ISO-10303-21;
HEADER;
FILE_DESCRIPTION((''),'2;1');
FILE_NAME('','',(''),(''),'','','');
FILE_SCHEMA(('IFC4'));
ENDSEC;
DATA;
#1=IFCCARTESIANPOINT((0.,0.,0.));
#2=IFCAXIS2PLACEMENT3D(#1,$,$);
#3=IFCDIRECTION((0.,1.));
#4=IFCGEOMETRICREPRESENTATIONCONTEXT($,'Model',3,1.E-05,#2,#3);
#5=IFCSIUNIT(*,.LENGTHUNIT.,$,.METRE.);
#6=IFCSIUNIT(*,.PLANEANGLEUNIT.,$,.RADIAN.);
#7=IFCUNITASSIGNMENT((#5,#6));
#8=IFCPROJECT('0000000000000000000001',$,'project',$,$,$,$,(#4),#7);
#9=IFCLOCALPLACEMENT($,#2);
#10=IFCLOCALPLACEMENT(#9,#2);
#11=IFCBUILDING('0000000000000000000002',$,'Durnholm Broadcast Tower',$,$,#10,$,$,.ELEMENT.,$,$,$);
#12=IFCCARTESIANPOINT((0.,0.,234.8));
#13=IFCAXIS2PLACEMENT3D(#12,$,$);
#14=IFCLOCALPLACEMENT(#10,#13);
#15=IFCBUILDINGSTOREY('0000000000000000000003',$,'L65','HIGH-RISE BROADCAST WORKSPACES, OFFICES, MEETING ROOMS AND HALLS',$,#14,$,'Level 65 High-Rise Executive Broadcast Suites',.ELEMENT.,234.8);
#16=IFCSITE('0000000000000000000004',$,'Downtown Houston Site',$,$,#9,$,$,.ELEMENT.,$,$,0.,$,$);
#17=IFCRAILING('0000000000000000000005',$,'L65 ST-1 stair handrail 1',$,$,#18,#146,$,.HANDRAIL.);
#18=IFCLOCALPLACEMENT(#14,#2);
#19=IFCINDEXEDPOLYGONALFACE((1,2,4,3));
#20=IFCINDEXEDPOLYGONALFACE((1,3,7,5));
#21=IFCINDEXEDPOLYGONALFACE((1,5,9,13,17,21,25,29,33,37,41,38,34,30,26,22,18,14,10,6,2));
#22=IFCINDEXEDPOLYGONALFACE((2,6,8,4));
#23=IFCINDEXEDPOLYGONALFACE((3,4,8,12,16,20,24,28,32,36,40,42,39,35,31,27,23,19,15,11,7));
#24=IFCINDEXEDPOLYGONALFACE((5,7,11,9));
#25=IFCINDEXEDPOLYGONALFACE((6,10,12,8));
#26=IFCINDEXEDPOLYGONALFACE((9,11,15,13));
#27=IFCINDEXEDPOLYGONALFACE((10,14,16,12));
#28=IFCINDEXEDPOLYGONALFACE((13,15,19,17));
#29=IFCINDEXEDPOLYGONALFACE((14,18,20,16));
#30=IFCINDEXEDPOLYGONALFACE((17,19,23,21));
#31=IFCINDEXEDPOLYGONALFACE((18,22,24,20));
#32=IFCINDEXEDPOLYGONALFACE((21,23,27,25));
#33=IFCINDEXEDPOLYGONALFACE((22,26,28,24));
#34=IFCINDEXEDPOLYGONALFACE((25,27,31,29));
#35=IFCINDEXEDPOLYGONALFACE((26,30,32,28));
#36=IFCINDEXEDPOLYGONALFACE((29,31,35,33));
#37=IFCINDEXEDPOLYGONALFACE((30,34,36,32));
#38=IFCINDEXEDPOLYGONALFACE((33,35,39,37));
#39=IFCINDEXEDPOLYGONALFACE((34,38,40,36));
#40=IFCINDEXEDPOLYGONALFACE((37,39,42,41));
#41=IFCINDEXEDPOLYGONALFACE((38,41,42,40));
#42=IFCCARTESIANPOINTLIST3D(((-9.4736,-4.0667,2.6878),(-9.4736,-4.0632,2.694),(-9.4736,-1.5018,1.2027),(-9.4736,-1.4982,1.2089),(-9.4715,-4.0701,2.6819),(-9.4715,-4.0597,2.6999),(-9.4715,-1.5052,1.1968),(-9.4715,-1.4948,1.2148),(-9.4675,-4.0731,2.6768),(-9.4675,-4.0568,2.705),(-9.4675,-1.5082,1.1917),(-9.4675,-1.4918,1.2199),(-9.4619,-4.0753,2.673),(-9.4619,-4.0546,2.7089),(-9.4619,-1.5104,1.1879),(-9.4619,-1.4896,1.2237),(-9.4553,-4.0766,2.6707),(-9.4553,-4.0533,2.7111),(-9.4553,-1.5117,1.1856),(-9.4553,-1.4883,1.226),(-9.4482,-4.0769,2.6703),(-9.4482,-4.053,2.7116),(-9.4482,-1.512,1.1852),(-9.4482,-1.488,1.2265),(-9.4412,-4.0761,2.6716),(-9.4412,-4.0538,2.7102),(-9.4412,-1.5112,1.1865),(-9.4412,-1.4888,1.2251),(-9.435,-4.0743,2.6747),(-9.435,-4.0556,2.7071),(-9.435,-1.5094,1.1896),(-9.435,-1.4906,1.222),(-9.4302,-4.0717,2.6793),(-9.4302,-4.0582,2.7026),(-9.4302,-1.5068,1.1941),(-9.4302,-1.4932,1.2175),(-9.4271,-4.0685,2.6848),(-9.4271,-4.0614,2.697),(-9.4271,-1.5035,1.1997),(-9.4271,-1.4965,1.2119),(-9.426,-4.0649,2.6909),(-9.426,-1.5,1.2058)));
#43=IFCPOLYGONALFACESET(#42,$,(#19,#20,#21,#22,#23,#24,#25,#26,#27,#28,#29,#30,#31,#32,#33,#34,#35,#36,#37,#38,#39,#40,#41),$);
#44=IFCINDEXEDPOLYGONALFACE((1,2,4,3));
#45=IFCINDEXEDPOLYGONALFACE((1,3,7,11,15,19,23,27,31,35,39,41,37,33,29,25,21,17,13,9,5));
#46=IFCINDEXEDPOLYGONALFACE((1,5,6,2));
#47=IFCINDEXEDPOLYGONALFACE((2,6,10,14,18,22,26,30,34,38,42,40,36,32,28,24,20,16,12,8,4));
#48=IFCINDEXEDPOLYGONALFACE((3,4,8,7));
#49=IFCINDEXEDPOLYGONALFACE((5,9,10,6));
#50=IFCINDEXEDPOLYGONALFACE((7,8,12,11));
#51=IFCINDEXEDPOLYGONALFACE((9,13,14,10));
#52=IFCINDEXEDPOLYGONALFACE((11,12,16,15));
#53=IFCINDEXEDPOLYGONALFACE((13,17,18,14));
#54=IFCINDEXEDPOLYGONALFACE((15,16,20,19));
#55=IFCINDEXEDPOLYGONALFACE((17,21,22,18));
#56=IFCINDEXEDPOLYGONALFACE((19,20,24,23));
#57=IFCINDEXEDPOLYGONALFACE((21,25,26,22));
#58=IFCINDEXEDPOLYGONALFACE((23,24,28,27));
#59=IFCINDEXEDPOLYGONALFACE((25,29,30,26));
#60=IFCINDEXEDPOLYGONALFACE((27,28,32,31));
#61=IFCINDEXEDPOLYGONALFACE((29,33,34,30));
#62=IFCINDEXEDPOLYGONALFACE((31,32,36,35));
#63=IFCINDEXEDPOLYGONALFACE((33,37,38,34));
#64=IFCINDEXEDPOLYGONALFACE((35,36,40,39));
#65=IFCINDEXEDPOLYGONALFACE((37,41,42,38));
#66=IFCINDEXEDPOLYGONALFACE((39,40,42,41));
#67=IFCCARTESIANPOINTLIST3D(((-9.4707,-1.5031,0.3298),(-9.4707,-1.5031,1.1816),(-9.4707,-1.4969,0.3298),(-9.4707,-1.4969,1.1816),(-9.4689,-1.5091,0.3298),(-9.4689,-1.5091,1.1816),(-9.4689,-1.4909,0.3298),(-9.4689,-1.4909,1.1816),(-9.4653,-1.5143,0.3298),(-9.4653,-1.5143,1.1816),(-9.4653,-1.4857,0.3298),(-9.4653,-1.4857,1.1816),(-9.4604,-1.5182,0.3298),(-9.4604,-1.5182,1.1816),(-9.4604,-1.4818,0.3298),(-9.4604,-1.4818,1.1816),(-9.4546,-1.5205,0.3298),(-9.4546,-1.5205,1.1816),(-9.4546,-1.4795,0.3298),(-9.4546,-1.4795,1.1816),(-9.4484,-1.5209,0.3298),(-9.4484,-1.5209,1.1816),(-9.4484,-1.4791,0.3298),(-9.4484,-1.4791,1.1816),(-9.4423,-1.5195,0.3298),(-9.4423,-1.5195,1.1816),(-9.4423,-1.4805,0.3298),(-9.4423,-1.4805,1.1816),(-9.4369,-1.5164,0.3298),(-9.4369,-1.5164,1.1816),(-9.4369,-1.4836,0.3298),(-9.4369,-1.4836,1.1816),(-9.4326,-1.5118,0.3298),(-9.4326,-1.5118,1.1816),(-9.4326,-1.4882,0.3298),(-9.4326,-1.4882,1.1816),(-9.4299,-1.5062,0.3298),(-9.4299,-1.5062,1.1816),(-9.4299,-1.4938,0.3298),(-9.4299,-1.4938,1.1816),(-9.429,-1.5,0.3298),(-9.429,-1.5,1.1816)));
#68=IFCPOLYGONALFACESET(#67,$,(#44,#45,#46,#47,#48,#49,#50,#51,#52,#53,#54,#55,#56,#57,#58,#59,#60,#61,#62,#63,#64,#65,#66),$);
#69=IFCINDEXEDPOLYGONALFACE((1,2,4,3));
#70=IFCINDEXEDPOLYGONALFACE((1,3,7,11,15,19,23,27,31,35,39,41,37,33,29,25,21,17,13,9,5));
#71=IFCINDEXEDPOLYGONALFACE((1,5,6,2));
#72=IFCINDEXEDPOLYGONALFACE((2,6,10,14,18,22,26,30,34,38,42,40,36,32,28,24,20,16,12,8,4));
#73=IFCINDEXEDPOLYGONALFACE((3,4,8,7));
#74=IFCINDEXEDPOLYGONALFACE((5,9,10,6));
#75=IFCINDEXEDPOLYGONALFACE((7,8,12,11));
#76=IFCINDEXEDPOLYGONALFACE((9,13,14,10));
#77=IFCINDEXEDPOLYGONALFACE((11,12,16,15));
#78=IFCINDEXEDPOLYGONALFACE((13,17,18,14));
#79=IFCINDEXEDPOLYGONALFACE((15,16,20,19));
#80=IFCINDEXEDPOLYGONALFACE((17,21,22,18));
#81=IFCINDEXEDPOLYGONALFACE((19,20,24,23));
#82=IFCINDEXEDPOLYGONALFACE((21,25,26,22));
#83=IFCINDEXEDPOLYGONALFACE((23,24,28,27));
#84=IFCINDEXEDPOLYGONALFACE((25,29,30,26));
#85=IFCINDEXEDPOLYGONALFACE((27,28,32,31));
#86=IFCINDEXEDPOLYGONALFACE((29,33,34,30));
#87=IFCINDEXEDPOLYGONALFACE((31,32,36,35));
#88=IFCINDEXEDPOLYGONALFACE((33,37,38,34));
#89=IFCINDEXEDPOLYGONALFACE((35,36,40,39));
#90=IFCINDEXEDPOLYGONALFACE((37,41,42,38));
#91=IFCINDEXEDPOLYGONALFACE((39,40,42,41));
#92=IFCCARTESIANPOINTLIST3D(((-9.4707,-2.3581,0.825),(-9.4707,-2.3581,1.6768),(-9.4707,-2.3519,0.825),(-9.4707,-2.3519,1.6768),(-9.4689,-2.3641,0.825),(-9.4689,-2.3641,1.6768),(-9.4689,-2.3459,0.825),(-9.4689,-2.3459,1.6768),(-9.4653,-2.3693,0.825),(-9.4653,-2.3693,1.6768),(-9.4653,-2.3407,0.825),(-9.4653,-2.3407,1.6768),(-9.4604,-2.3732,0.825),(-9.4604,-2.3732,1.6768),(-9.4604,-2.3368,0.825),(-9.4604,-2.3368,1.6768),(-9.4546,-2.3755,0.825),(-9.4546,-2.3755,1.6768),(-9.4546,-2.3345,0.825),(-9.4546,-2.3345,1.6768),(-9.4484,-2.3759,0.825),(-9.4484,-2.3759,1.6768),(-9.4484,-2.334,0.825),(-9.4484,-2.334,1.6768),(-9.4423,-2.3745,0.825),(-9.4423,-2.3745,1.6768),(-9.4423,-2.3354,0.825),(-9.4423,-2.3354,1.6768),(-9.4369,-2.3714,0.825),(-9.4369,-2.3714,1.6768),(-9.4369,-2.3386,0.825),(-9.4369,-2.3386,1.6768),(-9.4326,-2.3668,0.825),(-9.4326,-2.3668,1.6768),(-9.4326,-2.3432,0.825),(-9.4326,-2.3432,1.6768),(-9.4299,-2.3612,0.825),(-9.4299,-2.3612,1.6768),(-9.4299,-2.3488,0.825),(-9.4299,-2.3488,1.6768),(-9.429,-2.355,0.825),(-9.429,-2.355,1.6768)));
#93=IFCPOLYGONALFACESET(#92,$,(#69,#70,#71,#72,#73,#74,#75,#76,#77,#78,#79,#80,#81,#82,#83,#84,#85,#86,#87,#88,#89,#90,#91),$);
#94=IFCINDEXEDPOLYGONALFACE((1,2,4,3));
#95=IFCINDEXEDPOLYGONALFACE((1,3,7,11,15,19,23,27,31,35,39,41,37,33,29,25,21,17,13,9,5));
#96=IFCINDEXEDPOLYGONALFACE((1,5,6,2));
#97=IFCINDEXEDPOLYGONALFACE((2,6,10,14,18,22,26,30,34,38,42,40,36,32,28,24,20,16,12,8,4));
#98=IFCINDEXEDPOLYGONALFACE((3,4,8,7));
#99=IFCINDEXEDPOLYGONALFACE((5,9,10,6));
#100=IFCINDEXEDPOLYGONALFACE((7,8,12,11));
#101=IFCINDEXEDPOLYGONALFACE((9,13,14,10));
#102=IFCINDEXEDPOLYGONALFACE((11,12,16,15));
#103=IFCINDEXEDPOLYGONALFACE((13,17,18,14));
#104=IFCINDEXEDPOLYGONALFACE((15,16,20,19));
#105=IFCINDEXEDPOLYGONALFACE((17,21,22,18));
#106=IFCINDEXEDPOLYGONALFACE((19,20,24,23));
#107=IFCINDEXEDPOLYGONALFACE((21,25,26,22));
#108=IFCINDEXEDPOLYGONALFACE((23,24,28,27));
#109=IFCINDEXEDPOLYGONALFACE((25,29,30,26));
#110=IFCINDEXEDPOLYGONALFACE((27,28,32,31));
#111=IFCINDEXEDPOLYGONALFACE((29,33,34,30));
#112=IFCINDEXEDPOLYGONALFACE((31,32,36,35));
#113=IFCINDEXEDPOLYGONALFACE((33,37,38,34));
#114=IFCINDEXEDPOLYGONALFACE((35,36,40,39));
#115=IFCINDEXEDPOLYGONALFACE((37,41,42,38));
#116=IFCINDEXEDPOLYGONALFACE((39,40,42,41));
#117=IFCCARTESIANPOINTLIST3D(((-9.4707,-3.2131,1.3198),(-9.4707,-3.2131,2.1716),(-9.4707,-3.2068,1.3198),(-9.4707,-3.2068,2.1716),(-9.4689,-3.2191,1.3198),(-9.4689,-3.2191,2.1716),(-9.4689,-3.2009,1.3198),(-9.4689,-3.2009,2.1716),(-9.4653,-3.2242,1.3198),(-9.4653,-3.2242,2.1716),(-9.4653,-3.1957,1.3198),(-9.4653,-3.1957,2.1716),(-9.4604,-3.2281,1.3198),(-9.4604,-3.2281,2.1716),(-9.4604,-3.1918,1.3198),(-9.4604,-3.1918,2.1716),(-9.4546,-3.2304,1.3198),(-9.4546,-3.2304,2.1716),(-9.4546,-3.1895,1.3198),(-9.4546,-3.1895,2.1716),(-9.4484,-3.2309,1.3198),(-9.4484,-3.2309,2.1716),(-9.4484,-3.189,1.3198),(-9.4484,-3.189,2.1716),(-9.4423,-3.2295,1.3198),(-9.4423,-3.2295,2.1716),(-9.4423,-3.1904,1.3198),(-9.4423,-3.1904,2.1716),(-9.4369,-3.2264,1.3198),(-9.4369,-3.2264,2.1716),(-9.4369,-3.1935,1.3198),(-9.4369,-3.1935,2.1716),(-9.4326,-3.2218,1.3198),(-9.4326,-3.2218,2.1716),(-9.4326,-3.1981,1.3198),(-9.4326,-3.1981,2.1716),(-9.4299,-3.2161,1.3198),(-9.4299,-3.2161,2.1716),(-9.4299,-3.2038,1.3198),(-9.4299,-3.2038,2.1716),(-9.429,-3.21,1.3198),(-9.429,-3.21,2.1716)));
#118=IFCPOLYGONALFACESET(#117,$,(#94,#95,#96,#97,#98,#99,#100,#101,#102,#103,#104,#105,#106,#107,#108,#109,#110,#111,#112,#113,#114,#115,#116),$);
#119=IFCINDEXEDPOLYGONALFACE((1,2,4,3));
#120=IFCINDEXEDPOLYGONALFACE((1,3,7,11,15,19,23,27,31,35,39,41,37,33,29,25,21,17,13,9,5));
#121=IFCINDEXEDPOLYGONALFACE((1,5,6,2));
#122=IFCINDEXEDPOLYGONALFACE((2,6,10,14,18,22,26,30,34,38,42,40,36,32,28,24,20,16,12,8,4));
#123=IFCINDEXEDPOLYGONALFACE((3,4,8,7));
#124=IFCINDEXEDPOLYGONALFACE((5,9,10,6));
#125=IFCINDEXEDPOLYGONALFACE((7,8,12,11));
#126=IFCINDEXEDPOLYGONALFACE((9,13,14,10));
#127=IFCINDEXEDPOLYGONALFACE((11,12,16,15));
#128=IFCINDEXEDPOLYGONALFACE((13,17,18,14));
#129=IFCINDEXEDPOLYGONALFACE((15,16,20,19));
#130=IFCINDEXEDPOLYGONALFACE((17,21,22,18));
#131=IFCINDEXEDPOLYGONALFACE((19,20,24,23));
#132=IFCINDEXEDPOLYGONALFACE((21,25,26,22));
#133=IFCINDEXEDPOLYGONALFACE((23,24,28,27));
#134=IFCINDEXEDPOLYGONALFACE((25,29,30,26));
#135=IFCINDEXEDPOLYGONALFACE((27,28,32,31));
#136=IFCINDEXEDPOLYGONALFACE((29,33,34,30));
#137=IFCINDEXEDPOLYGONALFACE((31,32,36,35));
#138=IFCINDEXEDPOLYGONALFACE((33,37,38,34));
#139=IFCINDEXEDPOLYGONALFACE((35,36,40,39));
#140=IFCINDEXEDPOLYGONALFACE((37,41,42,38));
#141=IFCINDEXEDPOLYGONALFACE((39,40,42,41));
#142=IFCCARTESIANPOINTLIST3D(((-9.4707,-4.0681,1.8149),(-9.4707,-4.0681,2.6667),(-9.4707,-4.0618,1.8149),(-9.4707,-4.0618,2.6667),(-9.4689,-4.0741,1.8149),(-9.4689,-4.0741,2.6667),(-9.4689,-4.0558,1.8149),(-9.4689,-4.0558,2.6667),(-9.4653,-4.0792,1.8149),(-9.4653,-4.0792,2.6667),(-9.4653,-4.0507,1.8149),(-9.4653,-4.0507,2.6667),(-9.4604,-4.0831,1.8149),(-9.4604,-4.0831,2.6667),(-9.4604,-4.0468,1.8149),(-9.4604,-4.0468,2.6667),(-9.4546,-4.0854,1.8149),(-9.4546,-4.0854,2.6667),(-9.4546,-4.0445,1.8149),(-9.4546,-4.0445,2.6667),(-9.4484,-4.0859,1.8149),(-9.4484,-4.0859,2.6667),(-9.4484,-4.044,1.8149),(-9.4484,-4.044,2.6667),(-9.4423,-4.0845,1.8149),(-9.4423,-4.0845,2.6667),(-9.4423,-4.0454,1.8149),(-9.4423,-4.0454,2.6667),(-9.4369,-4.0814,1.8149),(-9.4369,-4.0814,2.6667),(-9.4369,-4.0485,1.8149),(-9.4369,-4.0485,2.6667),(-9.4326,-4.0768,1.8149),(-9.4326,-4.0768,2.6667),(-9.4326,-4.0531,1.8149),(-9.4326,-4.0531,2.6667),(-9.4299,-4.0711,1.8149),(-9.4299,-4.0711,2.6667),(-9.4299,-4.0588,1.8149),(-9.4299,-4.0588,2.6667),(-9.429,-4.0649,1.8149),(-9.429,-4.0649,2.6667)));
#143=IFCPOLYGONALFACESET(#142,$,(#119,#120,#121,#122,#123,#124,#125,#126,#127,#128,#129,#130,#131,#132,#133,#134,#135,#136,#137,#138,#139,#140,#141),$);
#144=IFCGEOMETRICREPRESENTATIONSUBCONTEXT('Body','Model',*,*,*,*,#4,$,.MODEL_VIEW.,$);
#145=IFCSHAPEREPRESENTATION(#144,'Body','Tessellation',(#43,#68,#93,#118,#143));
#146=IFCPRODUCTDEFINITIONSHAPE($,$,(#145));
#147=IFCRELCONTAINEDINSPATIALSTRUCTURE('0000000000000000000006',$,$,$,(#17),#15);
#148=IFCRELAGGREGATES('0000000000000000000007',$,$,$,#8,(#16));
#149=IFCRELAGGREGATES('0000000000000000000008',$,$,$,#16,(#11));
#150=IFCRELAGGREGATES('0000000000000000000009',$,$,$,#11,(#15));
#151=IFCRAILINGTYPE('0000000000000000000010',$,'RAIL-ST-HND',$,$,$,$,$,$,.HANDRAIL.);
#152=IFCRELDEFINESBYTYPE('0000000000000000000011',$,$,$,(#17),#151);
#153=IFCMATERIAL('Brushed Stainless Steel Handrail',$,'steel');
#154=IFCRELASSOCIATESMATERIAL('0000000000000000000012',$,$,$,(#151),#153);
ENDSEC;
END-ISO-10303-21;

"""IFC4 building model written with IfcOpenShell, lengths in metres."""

from ifc_helpers import new_model, si_unit, direction, frame, origin, origin_2d, place, context, subcontext, project, spatial, circle, extrude, material, type_object, element, save


model = new_model("IFC4")

# Units and contexts
model_context = context("Model", 3, precision=1e-05, world=origin(), true_north=direction((0.0, 1.0)))
body_context = subcontext(model_context, "Body", "Model", "MODEL_VIEW")
ifc_project = project(units=[si_unit("LENGTHUNIT", "METRE"), si_unit("PLANEANGLEUNIT", "RADIAN")], contexts=[model_context])

# Site, building, storey
site_placement = place(None, origin())
site = spatial("IfcSite", under=ifc_project, at=site_placement, Name="Downtown Houston Site", CompositionType="ELEMENT", RefElevation=0.0)
building_placement = place(site_placement, origin())
building = spatial("IfcBuilding", under=site, at=building_placement, Name="Durnholm Broadcast Tower", CompositionType="ELEMENT")
storey_placement = place(building_placement, frame((0.0, 0.0, 234.8)))
storey = spatial("IfcBuildingStorey", under=building, at=storey_placement, Name="L65", Description="HIGH-RISE BROADCAST WORKSPACES, OFFICES, MEETING ROOMS AND HALLS", LongName="Level 65 High-Rise Executive Broadcast Suites", CompositionType="ELEMENT", Elevation=234.8)

# Railing
ifc_material_1 = material(Name="Brushed Stainless Steel Handrail", Category="steel")
railing_type_1 = type_object("IfcRailingType", Name="RAIL-ST-HND", PredefinedType="HANDRAIL", material=ifc_material_1)
railing_1_placement = place(storey_placement, frame((-9.45, -1.5, 0.3298)))
element("IfcRailing", 1, at=railing_1_placement, inside=storey, type_object=railing_type_1, Name="L65 ST-1 stair handrail 1", PredefinedType="HANDRAIL", context=body_context, shape_type="SweptSolid", body=[
    extrude(circle(Radius=0.0239, at=origin_2d()), frame((0.0, 0.0, 0.876), z_axis=(0.0, -0.865406, 0.501072), x_axis=(1.0, 0.0, 0.0)), (0.0, 0.0, 1.0), 2.9639),
    extrude(circle(Radius=0.021, at=origin_2d()), origin(), (0.0, 0.0, 1.0), 0.8518),
    extrude(circle(Radius=0.021, at=origin_2d()), frame((0.0, -0.855, 0.4951)), (0.0, 0.0, 1.0), 0.8518),
    extrude(circle(Radius=0.021, at=origin_2d()), frame((0.0, -1.71, 0.99)), (0.0, 0.0, 1.0), 0.8518),
    extrude(circle(Radius=0.021, at=origin_2d()), frame((0.0, -2.5649, 1.4851)), (0.0, 0.0, 1.0), 0.8518),
])

save(model, "model.ifc")
